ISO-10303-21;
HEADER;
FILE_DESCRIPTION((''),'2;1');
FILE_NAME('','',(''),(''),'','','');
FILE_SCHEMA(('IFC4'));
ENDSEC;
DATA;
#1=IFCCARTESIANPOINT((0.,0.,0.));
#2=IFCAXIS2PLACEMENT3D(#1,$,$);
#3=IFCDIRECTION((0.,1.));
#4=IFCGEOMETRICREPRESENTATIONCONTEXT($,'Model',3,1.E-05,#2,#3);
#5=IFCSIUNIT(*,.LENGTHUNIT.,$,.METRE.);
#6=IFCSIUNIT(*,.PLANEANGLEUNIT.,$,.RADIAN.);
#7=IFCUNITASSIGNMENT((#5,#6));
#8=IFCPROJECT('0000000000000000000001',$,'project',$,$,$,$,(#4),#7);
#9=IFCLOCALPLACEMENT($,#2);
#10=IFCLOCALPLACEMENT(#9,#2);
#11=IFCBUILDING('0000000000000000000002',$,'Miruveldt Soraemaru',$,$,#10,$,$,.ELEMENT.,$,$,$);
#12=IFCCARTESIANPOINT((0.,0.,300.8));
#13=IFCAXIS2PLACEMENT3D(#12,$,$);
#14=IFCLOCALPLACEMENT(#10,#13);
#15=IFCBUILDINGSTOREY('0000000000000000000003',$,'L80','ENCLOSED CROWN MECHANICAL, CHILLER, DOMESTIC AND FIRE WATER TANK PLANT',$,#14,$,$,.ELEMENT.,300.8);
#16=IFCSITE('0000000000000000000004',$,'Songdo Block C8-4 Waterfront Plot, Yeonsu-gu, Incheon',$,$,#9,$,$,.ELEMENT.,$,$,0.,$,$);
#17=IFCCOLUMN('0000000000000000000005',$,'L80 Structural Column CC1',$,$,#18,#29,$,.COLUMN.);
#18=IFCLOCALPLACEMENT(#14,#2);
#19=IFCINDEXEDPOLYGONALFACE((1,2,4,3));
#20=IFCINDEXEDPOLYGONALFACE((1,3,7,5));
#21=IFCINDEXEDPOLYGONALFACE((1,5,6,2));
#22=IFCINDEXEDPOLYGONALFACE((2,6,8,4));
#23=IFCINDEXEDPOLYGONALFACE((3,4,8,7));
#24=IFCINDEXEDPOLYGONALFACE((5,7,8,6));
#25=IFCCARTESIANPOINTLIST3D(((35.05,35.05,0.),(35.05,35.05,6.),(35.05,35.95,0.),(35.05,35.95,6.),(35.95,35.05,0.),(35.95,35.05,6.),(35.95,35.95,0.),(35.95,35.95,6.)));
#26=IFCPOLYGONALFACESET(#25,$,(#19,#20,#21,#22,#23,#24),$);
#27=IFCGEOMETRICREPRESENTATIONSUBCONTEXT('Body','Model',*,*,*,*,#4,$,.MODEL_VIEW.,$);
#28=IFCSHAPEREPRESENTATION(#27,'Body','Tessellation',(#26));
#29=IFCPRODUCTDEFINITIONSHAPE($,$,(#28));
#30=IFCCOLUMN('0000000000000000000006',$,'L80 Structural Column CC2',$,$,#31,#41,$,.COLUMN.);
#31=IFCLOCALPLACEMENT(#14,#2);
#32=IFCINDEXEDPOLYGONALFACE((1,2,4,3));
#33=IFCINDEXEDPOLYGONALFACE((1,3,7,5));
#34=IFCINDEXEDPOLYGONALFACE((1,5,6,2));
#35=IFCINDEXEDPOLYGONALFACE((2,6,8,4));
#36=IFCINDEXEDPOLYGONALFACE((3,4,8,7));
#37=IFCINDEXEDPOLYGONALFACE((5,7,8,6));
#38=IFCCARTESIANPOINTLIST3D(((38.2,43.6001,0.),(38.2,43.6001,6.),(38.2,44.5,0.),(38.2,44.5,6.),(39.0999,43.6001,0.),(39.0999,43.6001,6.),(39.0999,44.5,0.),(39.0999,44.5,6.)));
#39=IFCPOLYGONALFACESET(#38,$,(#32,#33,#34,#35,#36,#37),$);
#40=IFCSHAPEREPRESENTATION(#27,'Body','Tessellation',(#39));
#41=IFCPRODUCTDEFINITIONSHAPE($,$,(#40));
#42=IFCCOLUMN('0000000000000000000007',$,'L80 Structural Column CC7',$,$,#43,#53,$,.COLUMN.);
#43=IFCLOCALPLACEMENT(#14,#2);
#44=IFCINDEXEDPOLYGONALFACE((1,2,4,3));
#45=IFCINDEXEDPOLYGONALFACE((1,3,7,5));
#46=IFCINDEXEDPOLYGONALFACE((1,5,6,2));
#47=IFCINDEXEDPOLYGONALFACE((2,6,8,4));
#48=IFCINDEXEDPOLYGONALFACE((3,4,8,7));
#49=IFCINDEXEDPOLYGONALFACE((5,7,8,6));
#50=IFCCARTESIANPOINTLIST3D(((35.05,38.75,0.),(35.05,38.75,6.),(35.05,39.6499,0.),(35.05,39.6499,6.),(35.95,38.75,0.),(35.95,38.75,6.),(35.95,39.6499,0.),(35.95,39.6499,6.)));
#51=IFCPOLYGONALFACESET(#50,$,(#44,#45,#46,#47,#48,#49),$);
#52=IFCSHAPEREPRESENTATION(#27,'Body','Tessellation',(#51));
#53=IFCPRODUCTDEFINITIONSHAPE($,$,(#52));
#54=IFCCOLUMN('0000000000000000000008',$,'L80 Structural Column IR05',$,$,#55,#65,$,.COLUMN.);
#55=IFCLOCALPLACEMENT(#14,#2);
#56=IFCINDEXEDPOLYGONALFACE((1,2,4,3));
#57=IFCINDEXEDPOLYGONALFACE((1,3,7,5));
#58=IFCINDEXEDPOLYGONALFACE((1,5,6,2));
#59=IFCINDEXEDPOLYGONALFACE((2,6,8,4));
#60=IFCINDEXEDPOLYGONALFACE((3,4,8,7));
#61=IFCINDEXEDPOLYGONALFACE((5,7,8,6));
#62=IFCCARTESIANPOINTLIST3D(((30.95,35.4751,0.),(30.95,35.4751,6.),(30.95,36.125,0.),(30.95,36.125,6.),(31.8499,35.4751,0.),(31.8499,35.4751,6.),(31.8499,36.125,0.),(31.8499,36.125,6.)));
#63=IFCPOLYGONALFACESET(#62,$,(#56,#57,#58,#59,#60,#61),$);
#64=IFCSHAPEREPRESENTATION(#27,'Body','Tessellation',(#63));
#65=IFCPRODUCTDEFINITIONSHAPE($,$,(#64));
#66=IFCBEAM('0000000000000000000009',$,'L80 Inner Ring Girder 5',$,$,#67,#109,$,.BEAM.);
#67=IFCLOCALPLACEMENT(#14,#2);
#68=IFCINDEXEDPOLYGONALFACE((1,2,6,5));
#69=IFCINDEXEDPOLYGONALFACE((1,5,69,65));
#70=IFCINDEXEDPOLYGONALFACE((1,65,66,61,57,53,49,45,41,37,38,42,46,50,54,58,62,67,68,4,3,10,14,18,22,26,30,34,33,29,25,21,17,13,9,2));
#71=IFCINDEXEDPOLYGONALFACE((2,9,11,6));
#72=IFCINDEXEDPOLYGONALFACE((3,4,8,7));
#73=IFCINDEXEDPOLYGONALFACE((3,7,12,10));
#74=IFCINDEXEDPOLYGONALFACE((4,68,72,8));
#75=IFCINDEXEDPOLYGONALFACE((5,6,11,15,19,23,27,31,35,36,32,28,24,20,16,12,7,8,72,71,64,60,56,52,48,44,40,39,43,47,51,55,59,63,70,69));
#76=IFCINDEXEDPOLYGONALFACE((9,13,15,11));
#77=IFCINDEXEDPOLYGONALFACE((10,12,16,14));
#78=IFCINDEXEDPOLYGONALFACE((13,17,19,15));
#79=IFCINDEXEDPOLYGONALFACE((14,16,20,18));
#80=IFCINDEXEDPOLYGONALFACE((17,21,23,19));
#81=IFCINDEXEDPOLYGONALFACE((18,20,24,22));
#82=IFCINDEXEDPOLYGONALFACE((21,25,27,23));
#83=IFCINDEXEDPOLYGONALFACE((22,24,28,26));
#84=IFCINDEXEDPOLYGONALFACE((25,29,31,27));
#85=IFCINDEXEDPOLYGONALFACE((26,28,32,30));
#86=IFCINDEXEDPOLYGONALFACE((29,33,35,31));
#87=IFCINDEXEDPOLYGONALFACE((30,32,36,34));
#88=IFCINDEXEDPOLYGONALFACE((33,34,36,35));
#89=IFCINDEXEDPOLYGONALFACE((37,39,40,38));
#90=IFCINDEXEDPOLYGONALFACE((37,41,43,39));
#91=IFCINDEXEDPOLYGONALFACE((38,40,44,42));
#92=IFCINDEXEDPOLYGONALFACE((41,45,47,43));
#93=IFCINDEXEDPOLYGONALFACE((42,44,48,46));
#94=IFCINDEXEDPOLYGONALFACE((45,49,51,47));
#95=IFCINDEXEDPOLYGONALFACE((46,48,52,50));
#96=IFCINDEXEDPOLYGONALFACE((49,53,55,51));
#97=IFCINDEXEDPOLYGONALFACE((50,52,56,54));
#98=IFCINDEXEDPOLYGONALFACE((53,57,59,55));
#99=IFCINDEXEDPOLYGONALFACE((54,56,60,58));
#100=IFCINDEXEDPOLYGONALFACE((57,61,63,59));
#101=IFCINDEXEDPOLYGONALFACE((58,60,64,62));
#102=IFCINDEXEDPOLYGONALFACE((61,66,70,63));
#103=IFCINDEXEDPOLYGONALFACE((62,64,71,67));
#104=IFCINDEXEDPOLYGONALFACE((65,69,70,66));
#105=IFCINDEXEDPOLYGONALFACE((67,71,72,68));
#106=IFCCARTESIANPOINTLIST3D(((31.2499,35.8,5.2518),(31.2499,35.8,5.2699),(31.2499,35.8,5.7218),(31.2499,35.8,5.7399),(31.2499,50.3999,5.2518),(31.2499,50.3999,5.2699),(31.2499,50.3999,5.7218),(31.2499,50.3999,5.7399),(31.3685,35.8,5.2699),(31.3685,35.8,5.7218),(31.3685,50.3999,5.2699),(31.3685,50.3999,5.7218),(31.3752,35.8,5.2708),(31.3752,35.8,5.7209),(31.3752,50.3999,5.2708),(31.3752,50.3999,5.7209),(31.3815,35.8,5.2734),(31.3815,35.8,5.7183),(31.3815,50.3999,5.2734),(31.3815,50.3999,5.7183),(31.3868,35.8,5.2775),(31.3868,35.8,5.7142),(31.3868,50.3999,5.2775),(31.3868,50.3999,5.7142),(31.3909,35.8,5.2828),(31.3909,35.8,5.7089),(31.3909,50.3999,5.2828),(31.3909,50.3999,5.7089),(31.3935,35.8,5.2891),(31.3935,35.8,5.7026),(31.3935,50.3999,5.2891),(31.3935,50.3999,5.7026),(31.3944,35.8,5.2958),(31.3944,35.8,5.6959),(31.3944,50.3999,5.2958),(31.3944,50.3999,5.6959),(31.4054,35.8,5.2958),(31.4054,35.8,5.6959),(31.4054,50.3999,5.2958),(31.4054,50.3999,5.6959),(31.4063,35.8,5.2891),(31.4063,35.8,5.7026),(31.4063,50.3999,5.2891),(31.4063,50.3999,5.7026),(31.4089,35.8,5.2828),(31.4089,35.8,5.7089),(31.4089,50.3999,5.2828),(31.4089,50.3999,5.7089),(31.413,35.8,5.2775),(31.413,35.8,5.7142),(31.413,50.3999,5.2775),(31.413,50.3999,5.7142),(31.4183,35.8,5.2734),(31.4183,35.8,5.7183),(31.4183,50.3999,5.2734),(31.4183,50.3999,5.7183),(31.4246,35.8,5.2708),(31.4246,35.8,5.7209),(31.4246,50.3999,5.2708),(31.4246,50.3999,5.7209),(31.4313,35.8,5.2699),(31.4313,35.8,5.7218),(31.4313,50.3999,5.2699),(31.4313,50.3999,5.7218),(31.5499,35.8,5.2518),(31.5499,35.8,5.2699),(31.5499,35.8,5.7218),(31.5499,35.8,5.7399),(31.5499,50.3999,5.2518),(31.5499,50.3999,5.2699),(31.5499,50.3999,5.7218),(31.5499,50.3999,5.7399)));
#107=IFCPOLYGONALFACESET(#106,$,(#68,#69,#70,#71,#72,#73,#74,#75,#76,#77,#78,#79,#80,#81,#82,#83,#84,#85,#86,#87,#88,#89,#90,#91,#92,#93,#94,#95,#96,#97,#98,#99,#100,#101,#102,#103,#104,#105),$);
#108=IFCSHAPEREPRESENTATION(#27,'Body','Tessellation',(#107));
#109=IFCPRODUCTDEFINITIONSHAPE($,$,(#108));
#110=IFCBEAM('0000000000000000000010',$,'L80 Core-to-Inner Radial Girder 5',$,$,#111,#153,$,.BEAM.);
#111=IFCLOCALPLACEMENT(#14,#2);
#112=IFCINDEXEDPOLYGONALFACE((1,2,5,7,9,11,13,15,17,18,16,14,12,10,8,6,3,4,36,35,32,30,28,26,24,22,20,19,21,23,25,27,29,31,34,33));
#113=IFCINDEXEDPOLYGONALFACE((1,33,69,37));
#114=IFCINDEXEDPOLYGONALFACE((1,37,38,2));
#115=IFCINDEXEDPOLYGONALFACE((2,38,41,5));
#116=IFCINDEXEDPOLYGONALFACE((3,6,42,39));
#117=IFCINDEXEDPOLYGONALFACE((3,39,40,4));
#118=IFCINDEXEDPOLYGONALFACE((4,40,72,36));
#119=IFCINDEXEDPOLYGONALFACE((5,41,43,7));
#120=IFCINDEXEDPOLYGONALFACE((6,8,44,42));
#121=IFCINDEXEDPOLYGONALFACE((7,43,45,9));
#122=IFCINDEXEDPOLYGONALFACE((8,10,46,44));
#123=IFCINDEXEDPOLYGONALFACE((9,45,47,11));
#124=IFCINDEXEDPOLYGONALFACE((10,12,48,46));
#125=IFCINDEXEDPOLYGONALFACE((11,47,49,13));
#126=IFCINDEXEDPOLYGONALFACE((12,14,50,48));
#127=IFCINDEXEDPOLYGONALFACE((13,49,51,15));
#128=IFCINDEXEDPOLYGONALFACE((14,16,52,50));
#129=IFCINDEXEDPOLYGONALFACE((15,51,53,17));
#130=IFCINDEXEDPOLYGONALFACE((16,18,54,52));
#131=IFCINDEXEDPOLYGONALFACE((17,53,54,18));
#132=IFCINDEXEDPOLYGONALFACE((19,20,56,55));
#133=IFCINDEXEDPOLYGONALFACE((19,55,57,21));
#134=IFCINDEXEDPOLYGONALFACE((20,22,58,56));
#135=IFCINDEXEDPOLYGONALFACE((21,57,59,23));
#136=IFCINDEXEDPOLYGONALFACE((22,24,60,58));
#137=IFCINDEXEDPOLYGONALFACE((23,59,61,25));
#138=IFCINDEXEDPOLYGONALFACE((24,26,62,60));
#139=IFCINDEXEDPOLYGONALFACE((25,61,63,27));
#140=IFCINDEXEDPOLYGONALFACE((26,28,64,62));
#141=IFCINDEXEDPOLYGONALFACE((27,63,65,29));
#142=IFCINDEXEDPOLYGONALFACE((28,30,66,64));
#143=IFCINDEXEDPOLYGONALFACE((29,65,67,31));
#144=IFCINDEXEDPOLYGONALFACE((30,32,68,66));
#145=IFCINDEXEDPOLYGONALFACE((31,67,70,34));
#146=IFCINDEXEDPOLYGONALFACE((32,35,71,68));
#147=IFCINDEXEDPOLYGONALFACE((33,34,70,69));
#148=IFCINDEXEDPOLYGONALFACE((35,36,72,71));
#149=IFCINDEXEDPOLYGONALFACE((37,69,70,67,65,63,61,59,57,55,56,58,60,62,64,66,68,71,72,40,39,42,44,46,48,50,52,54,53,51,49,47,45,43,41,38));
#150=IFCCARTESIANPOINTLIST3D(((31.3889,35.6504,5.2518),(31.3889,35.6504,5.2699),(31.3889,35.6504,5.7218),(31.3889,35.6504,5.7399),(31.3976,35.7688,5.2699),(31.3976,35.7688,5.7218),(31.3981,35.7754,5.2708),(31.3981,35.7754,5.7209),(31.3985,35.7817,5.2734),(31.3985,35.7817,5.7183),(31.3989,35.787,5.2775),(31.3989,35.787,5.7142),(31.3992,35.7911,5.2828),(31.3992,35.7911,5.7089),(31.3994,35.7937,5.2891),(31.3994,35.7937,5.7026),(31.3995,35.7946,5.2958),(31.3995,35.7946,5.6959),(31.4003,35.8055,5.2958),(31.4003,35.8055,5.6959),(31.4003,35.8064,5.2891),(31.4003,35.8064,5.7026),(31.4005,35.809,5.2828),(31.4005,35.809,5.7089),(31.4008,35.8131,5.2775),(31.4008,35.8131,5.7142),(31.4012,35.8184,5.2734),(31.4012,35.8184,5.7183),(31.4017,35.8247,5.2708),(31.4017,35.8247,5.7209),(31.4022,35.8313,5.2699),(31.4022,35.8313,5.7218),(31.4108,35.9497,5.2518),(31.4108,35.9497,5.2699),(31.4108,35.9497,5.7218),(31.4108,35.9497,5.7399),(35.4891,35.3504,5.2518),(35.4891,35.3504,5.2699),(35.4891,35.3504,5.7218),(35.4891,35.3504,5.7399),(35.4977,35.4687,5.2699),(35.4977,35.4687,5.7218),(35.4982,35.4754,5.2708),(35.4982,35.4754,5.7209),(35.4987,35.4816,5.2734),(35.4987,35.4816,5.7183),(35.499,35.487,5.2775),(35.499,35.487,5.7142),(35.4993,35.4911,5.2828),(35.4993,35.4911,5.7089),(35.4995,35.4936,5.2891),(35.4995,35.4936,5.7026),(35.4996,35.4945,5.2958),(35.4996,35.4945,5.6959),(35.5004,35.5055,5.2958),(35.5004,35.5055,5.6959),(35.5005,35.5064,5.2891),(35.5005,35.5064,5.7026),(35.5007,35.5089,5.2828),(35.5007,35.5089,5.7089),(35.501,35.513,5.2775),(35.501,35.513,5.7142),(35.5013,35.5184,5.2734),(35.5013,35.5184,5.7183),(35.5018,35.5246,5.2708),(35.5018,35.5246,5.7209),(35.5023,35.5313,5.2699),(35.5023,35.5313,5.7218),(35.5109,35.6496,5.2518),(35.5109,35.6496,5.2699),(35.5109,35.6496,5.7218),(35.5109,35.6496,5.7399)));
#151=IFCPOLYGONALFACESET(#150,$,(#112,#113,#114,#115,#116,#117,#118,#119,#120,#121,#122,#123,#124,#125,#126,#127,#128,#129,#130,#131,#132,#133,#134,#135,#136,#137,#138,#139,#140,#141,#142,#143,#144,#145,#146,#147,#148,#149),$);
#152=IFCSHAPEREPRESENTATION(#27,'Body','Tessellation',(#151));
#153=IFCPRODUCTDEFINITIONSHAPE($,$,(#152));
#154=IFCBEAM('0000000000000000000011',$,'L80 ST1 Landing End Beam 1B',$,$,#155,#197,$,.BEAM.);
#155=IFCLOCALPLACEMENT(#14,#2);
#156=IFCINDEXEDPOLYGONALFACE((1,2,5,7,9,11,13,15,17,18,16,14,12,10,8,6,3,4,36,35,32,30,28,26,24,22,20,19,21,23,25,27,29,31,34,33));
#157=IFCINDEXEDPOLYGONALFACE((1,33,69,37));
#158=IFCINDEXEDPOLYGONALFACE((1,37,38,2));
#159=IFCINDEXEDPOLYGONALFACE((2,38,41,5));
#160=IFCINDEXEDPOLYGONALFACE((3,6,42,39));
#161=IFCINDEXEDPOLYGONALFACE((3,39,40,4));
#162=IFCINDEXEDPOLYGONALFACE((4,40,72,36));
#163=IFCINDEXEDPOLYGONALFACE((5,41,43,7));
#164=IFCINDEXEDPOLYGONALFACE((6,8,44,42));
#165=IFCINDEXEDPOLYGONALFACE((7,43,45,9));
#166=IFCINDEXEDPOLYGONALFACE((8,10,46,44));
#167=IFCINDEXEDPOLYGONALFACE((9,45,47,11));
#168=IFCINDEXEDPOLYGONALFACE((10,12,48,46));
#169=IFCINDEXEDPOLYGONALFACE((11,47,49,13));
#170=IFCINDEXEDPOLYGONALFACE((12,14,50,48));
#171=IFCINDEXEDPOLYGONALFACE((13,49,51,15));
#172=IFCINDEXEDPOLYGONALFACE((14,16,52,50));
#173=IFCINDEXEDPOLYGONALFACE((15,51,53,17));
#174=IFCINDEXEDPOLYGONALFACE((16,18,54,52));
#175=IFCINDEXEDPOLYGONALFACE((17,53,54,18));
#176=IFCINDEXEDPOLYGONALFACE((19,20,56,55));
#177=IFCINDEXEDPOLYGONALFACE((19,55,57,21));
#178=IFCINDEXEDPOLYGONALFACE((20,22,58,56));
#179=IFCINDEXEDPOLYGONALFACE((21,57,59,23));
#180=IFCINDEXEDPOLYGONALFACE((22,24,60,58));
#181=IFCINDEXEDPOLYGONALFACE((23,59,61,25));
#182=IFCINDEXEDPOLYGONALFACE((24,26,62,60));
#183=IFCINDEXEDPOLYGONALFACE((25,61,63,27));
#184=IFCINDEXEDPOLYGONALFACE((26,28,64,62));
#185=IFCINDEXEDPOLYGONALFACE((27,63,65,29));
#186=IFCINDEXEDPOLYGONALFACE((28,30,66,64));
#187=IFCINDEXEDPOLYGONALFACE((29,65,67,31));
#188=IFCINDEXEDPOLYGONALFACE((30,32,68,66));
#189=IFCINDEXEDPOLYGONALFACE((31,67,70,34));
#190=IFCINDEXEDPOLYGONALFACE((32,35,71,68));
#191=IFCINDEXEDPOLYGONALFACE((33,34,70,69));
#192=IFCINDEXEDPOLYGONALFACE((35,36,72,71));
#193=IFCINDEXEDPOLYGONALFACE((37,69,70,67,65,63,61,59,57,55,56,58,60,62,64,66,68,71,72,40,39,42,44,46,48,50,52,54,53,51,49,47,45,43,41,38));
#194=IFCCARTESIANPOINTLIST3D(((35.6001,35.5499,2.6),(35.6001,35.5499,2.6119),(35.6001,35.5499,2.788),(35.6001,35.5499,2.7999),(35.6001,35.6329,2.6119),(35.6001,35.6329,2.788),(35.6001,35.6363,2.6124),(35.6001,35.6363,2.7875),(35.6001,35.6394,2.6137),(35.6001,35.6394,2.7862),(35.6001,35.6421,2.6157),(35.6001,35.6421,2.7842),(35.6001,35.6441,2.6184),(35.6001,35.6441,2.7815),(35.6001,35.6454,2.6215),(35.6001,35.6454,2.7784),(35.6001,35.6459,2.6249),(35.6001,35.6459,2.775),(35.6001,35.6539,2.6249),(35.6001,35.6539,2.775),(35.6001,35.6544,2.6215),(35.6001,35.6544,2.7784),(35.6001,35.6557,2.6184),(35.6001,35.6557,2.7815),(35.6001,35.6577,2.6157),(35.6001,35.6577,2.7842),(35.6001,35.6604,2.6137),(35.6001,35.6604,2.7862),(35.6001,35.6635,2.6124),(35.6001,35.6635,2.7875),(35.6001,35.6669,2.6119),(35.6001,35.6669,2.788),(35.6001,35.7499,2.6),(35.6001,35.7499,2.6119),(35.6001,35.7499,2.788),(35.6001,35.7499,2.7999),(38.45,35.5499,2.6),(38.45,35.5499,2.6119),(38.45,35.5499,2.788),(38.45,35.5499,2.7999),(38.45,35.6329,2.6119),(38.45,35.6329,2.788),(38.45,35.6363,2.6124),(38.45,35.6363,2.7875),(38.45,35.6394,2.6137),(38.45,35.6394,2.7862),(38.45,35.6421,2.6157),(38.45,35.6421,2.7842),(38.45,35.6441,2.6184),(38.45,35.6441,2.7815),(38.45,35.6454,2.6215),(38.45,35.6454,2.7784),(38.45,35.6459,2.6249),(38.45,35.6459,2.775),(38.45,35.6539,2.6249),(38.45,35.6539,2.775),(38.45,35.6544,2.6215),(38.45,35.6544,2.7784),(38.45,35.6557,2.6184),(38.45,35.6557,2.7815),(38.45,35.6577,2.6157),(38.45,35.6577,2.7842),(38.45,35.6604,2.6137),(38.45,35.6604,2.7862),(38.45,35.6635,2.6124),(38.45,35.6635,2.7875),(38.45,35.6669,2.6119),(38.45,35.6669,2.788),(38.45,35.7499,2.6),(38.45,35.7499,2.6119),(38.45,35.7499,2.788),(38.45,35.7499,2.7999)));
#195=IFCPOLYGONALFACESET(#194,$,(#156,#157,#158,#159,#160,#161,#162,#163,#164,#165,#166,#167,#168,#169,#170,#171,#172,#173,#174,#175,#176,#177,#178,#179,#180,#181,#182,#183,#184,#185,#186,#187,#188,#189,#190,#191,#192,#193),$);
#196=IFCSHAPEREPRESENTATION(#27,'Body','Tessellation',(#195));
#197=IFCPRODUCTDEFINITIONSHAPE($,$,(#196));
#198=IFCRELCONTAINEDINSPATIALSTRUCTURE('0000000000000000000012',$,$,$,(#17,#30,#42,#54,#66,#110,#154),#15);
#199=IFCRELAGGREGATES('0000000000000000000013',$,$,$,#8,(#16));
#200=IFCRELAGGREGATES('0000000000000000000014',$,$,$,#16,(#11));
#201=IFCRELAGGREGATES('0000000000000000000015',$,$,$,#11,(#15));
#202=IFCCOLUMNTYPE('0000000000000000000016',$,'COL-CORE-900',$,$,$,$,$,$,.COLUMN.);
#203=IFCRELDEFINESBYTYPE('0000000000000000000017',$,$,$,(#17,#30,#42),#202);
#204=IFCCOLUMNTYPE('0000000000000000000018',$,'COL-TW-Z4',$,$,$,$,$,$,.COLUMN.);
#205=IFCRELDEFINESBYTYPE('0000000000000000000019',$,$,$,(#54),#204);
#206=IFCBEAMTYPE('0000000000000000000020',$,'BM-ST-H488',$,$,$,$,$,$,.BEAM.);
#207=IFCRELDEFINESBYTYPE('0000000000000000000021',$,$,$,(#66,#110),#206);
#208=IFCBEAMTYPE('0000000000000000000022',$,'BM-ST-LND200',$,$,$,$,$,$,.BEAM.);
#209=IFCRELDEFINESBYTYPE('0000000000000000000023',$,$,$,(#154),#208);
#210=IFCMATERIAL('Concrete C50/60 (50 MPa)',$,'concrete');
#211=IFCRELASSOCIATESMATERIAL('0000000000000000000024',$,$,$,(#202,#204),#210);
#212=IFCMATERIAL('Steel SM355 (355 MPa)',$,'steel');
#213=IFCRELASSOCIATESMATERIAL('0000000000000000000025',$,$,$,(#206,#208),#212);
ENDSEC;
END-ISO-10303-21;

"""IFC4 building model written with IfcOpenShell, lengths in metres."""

from ifc_helpers import new_model, si_unit, direction, frame, origin, origin_2d, place, context, subcontext, project, spatial, rectangle, i_section, extrude, material, material_profile, profile_set, type_object, element, save


model = new_model("IFC4")

# Units and contexts
model_context = context("Model", 3, precision=1e-05, world=origin(), true_north=direction((0.0, 1.0)))
body_context = subcontext(model_context, "Body", "Model", "MODEL_VIEW")
ifc_project = project(units=[si_unit("LENGTHUNIT", "METRE"), si_unit("PLANEANGLEUNIT", "RADIAN")], contexts=[model_context])

# Site, building, storey
site_placement = place(None, origin())
site = spatial("IfcSite", under=ifc_project, at=site_placement, Name="Songdo Block C8-4 Waterfront Plot, Yeonsu-gu, Incheon", CompositionType="ELEMENT", RefElevation=0.0)
building_placement = place(site_placement, origin())
building = spatial("IfcBuilding", under=site, at=building_placement, Name="Miruveldt Soraemaru", CompositionType="ELEMENT")
storey_placement = place(building_placement, frame((0.0, 0.0, 300.8)))
storey = spatial("IfcBuildingStorey", under=building, at=storey_placement, Name="L80", Description="ENCLOSED CROWN MECHANICAL, CHILLER, DOMESTIC AND FIRE WATER TANK PLANT", CompositionType="ELEMENT", Elevation=300.8)

# Columns
ifc_material_1 = material(Name="Concrete C50/60 (50 MPa)", Category="concrete")
ifc_material_profile_1 = material_profile(ifc_material_1, rectangle(XDim=0.8999, YDim=0.8999, at=origin_2d()), Name="Concrete C50/60 (50 MPa)", Category="concrete")
ifc_profile_set_1 = profile_set([ifc_material_profile_1], Name="Concrete C50/60 (50 MPa)")
column_type_1 = type_object("IfcColumnType", Name="COL-CORE-900", PredefinedType="COLUMN", material=ifc_profile_set_1)
for number, where, z_axis, x_axis, name in (
    (1, (35.5, 35.5, 0.0), (0.0, 0.0, 1.0), (1.0, 0.0, 0.0), "L80 Structural Column CC1"),
    (2, (38.6499, 44.05, 0.0), (0.0, 0.0, 1.0), (1.0, 0.0, 0.0), "L80 Structural Column CC2"),
    (3, (35.5, 39.2, 0.0), (0.0, 0.0, 1.0), (1.0, 0.0, 0.0), "L80 Structural Column CC7"),
):
    element("IfcColumn", number, at=place(storey_placement, frame(where, z_axis=z_axis, x_axis=x_axis)), inside=storey, type_object=column_type_1, Name=name, PredefinedType="COLUMN", context=body_context, shape_type="SweptSolid", body=[
        extrude(rectangle(XDim=0.8999, YDim=0.8999, at=origin_2d()), origin(), (0.0, 0.0, 1.0), 6.0),
    ])
ifc_material_profile_2 = material_profile(ifc_material_1, rectangle(XDim=0.8999, YDim=0.6499, at=origin_2d()), Name="Concrete C50/60 (50 MPa)", Category="concrete")
ifc_profile_set_2 = profile_set([ifc_material_profile_2], Name="Concrete C50/60 (50 MPa)")
column_type_2 = type_object("IfcColumnType", Name="COL-TW-Z4", PredefinedType="COLUMN", material=ifc_profile_set_2)
column_placement = place(storey_placement, frame((31.3999, 35.8, 0.0), z_axis=(0.0, 0.0, 1.0), x_axis=(1.0, 0.0, 0.0)))
element("IfcColumn", 4, at=column_placement, inside=storey, type_object=column_type_2, Name="L80 Structural Column IR05", PredefinedType="COLUMN", context=body_context, shape_type="SweptSolid", body=[
    extrude(rectangle(XDim=0.8999, YDim=0.6499, at=origin_2d()), origin(), (0.0, 0.0, 1.0), 6.0),
])

# Beams
ifc_material_2 = material(Name="Steel SM355 (355 MPa)", Category="steel")
ifc_material_profile_3 = material_profile(ifc_material_2, i_section(OverallWidth=0.3, OverallDepth=0.488, WebThickness=0.011, FlangeThickness=0.0181, FilletRadius=0.0259, at=origin_2d()), Name="Steel SM355 (355 MPa)", Category="steel")
ifc_profile_set_3 = profile_set([ifc_material_profile_3], Name="Steel SM355 (355 MPa)")
beam_type_1 = type_object("IfcBeamType", Name="BM-ST-H488", PredefinedType="BEAM", material=ifc_profile_set_3)
beam_1_placement = place(storey_placement, frame((31.3999, 35.8, 5.4958), z_axis=(0.0, 1.0, 0.0), x_axis=(-1.0, 0.0, 0.0)))
element("IfcBeam", 5, at=beam_1_placement, inside=storey, type_object=beam_type_1, Name="L80 Inner Ring Girder 5", PredefinedType="BEAM", context=body_context, shape_type="SweptSolid", body=[
    extrude(i_section(OverallWidth=0.3, OverallDepth=0.488, WebThickness=0.011, FlangeThickness=0.0181, FilletRadius=0.0259, at=origin_2d()), origin(), (0.0, 0.0, 1.0), 14.5999),
])
beam_2_placement = place(storey_placement, frame((35.5, 35.5, 5.4958), z_axis=(-0.997333, 0.072986, 0.0), x_axis=(-0.072986, -0.997333, 0.0)))
element("IfcBeam", 6, at=beam_2_placement, inside=storey, type_object=beam_type_1, Name="L80 Core-to-Inner Radial Girder 5", PredefinedType="BEAM", context=body_context, shape_type="SweptSolid", body=[
    extrude(i_section(OverallWidth=0.3, OverallDepth=0.488, WebThickness=0.011, FlangeThickness=0.0181, FilletRadius=0.0259, at=origin_2d()), origin(), (0.0, 0.0, 1.0), 4.1111),
])
ifc_material_profile_4 = material_profile(ifc_material_2, i_section(OverallWidth=0.2, OverallDepth=0.2, WebThickness=0.0081, FlangeThickness=0.012, FilletRadius=0.0129, at=origin_2d()), Name="Steel SM355 (355 MPa)", Category="steel")
ifc_profile_set_4 = profile_set([ifc_material_profile_4], Name="Steel SM355 (355 MPa)")
beam_type_2 = type_object("IfcBeamType", Name="BM-ST-LND200", PredefinedType="BEAM", material=ifc_profile_set_4)
beam_3_placement = place(storey_placement, frame((35.6001, 35.6499, 2.7), z_axis=(1.0, 0.0, 0.0), x_axis=(0.0, 1.0, 0.0)))
element("IfcBeam", 7, at=beam_3_placement, inside=storey, type_object=beam_type_2, Name="L80 ST1 Landing End Beam 1B", PredefinedType="BEAM", context=body_context, shape_type="SweptSolid", body=[
    extrude(i_section(OverallWidth=0.2, OverallDepth=0.2, WebThickness=0.0081, FlangeThickness=0.012, FilletRadius=0.0129, at=origin_2d()), origin(), (0.0, 0.0, 1.0), 2.8499),
])

save(model, "model.ifc")
